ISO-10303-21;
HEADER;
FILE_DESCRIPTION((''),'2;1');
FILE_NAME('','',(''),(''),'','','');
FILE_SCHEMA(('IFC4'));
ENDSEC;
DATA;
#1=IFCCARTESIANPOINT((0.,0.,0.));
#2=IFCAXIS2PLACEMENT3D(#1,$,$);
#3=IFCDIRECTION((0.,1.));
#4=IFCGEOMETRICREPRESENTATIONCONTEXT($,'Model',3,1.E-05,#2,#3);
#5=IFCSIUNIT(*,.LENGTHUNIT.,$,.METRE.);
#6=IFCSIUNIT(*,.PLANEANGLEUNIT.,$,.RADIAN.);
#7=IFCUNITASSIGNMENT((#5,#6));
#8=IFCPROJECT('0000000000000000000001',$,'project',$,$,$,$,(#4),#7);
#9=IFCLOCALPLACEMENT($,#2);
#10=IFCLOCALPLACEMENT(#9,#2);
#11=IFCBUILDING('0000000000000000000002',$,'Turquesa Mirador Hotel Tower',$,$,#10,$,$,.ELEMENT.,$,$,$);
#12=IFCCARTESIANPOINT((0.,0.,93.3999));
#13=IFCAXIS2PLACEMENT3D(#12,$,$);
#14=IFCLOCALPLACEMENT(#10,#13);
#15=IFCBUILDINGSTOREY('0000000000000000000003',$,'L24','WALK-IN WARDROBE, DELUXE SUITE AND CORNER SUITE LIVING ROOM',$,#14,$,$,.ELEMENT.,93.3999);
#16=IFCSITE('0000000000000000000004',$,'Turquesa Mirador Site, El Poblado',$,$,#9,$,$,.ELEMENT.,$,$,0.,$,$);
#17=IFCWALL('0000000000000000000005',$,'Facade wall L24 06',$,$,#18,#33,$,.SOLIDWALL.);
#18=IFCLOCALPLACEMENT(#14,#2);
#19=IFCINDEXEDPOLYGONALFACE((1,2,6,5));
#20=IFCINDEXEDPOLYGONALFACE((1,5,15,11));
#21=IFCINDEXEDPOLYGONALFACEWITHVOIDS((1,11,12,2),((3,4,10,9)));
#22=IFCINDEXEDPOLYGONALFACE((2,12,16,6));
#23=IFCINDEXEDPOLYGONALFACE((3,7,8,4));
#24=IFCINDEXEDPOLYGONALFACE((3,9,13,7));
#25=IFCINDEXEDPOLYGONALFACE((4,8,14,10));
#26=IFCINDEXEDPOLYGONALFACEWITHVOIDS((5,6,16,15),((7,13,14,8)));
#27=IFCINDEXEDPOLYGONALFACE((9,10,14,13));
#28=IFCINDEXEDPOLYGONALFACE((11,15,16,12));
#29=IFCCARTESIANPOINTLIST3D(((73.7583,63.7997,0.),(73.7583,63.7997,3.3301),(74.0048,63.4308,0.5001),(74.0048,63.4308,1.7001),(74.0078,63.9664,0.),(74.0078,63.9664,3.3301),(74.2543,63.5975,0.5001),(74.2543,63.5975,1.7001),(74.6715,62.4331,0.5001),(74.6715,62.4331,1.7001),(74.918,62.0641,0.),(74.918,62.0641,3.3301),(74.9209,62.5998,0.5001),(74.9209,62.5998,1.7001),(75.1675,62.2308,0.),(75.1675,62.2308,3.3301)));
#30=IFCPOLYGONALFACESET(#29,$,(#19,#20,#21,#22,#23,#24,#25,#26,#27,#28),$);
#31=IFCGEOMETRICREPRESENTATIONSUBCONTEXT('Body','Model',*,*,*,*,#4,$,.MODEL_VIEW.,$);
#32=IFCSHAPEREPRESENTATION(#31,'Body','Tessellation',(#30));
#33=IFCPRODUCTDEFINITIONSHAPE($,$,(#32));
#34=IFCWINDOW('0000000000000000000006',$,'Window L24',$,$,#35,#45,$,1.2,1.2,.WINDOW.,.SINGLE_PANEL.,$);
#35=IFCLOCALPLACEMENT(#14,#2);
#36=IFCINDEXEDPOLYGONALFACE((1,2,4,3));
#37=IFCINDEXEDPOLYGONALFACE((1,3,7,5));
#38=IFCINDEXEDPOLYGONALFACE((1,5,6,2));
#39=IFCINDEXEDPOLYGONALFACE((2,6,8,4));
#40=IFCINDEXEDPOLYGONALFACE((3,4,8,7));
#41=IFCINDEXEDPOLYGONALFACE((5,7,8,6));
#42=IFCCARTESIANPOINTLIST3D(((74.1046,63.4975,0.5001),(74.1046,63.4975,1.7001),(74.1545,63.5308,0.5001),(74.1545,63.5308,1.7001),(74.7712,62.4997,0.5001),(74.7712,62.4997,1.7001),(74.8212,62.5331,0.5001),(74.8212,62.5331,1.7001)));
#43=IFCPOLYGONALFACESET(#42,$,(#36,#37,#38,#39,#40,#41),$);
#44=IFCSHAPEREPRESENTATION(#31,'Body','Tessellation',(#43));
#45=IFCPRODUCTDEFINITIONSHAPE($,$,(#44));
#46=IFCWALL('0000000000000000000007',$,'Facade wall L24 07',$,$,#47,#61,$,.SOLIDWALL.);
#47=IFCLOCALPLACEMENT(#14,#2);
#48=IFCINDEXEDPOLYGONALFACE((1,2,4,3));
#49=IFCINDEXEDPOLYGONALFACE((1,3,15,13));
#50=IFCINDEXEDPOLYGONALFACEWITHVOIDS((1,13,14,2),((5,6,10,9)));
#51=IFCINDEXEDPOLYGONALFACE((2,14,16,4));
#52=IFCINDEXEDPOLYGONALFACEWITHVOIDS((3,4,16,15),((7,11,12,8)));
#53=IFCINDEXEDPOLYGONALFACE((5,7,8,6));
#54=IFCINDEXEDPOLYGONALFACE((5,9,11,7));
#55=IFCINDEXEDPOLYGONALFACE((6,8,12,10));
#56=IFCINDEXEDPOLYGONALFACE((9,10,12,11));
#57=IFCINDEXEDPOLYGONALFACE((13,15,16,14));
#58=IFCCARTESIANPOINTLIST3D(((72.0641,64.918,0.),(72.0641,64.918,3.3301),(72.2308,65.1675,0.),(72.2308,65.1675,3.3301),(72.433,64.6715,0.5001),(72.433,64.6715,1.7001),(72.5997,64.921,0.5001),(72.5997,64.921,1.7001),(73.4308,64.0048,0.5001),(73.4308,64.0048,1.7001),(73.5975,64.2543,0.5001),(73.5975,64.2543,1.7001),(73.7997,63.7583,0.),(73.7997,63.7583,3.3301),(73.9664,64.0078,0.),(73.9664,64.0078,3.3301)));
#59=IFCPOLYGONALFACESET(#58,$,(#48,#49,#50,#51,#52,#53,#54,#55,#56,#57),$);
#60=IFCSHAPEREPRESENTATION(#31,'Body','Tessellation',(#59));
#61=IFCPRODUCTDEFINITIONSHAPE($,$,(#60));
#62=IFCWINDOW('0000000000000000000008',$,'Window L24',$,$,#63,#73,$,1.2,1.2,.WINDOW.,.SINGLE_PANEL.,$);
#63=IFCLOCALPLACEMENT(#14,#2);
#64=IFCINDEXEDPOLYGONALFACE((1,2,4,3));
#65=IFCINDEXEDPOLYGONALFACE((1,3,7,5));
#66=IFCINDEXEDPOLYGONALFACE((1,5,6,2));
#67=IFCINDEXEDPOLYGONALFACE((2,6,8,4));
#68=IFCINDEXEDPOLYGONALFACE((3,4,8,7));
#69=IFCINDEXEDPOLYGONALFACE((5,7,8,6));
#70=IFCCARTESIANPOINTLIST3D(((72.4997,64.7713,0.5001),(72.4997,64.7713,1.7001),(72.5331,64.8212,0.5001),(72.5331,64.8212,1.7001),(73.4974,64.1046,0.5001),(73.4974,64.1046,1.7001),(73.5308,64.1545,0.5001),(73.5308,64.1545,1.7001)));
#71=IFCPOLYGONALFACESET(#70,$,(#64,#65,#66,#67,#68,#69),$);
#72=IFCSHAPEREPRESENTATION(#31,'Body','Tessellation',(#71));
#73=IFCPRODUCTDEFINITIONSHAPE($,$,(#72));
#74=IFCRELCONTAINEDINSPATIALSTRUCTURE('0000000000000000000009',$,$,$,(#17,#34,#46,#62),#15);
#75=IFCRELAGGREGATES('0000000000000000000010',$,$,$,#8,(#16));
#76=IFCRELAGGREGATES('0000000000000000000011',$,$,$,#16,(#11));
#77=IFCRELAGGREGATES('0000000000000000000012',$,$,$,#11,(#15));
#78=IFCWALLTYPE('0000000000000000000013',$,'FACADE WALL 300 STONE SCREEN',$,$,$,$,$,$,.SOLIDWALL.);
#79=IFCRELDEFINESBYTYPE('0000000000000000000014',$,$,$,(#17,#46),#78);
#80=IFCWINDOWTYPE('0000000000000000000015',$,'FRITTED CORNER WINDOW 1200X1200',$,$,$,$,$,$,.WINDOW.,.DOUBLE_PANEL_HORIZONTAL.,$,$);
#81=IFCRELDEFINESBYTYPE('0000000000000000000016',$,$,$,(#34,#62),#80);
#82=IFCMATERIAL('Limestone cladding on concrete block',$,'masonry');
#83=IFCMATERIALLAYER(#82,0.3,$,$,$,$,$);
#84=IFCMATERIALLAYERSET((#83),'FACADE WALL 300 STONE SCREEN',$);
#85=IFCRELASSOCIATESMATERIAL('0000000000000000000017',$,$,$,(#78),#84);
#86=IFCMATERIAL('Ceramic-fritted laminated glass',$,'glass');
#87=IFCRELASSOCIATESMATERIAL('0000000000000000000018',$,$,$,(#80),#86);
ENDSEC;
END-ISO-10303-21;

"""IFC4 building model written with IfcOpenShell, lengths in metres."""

from ifc_helpers import new_model, si_unit, direction, frame, frame_2d, origin, place, context, subcontext, project, spatial, rectangle, extrude, material, layer, layer_set, type_object, element, fill, save


model = new_model("IFC4")

# Units and contexts
model_context = context("Model", 3, precision=1e-05, world=origin(), true_north=direction((0.0, 1.0)))
body_context = subcontext(model_context, "Body", "Model", "MODEL_VIEW")
ifc_project = project(units=[si_unit("LENGTHUNIT", "METRE"), si_unit("PLANEANGLEUNIT", "RADIAN")], contexts=[model_context])

# Site, building, storey
site_placement = place(None, origin())
site = spatial("IfcSite", under=ifc_project, at=site_placement, Name="Turquesa Mirador Site, El Poblado", CompositionType="ELEMENT", RefElevation=0.0)
building_placement = place(site_placement, origin())
building = spatial("IfcBuilding", under=site, at=building_placement, Name="Turquesa Mirador Hotel Tower", CompositionType="ELEMENT")
storey_placement = place(building_placement, frame((0.0, 0.0, 93.3999)))
storey = spatial("IfcBuildingStorey", under=building, at=storey_placement, Name="L24", Description="WALK-IN WARDROBE, DELUXE SUITE AND CORNER SUITE LIVING ROOM", CompositionType="ELEMENT", Elevation=93.3999)

# Walls, openings, windows
ifc_material_1 = material(Name="Limestone cladding on concrete block", Category="masonry")
ifc_layer = layer(ifc_material_1, 0.3)
ifc_layer_set = layer_set([ifc_layer], Name="FACADE WALL 300 STONE SCREEN")
wall_type = type_object("IfcWallType", Name="FACADE WALL 300 STONE SCREEN", PredefinedType="SOLIDWALL", material=ifc_layer_set)
wall_1_placement = place(storey_placement, frame((75.0427, 62.1475, 0.0), z_axis=(0.0, 0.0, 1.0), x_axis=(-0.555564, 0.831474, 0.0)))
wall_1 = element("IfcWall", 1, at=wall_1_placement, inside=storey, type_object=wall_type, Name="Facade wall L24 06", PredefinedType="SOLIDWALL", context=body_context, shape_type="SweptSolid", body=[
    extrude(rectangle(XDim=2.0874, YDim=0.3, at=frame_2d((1.0437, 0.0))), origin(), (0.0, 0.0, 1.0), 3.3301),
])
opening_1_placement = place(wall_1_placement, frame((0.4436, 0.0, 0.5)))
opening_1 = element("IfcOpeningElement", 2, at=opening_1_placement, cuts=wall_1, PredefinedType="OPENING", context=body_context, shape_type="SweptSolid", body=[
    extrude(rectangle(XDim=1.2, YDim=1.2, at=frame_2d((0.6001, 0.6001))), frame((0.0, 0.1599, 0.0), z_axis=(0.0, -1.0, 0.0), x_axis=(1.0, 0.0, 0.0)), (0.0, 0.0, 1.0), 0.3201),
])
ifc_material_2 = material(Name="Ceramic-fritted laminated glass", Category="glass")
window_type_1 = type_object("IfcWindowType", Name="FRITTED CORNER WINDOW 1200X1200", PartitioningType="DOUBLE_PANEL_HORIZONTAL", PredefinedType="WINDOW", material=ifc_material_2)
window_1_placement = place(opening_1_placement, origin())
window_1 = element("IfcWindow", 3, at=window_1_placement, inside=storey, type_object=window_type_1, Name="Window L24", OverallHeight=1.2, OverallWidth=1.2, PartitioningType="SINGLE_PANEL", PredefinedType="WINDOW", context=body_context, shape_type="SweptSolid", body=[
    extrude(rectangle(XDim=1.2, YDim=1.2, at=frame_2d((0.6001, 0.6001))), frame((0.0, 0.03, 0.0), z_axis=(0.0, -1.0, 0.0), x_axis=(1.0, 0.0, 0.0)), (0.0, 0.0, 1.0), 0.0601),
])
fill(opening_1, window_1)
wall_2_placement = place(storey_placement, frame((73.8831, 63.8831, 0.0), z_axis=(0.0, 0.0, 1.0), x_axis=(-0.831474, 0.555564, 0.0)))
wall_2 = element("IfcWall", 4, at=wall_2_placement, inside=storey, type_object=wall_type, Name="Facade wall L24 07", PredefinedType="SOLIDWALL", context=body_context, shape_type="SweptSolid", body=[
    extrude(rectangle(XDim=2.0874, YDim=0.3, at=frame_2d((1.0437, 0.0))), origin(), (0.0, 0.0, 1.0), 3.3301),
])
opening_2_placement = place(wall_2_placement, frame((0.4436, 0.0, 0.5)))
opening_2 = element("IfcOpeningElement", 5, at=opening_2_placement, cuts=wall_2, PredefinedType="OPENING", context=body_context, shape_type="SweptSolid", body=[
    extrude(rectangle(XDim=1.2, YDim=1.2, at=frame_2d((0.6001, 0.6001))), frame((0.0, 0.1599, 0.0), z_axis=(0.0, -1.0, 0.0), x_axis=(1.0, 0.0, 0.0)), (0.0, 0.0, 1.0), 0.3201),
])
window_2_placement = place(opening_2_placement, origin())
window_2 = element("IfcWindow", 6, at=window_2_placement, inside=storey, type_object=window_type_1, Name="Window L24", OverallHeight=1.2, OverallWidth=1.2, PartitioningType="SINGLE_PANEL", PredefinedType="WINDOW", context=body_context, shape_type="SweptSolid", body=[
    extrude(rectangle(XDim=1.2, YDim=1.2, at=frame_2d((0.6001, 0.6001))), frame((0.0, 0.03, 0.0), z_axis=(0.0, -1.0, 0.0), x_axis=(1.0, 0.0, 0.0)), (0.0, 0.0, 1.0), 0.0601),
])
fill(opening_2, window_2)

save(model, "model.ifc")
